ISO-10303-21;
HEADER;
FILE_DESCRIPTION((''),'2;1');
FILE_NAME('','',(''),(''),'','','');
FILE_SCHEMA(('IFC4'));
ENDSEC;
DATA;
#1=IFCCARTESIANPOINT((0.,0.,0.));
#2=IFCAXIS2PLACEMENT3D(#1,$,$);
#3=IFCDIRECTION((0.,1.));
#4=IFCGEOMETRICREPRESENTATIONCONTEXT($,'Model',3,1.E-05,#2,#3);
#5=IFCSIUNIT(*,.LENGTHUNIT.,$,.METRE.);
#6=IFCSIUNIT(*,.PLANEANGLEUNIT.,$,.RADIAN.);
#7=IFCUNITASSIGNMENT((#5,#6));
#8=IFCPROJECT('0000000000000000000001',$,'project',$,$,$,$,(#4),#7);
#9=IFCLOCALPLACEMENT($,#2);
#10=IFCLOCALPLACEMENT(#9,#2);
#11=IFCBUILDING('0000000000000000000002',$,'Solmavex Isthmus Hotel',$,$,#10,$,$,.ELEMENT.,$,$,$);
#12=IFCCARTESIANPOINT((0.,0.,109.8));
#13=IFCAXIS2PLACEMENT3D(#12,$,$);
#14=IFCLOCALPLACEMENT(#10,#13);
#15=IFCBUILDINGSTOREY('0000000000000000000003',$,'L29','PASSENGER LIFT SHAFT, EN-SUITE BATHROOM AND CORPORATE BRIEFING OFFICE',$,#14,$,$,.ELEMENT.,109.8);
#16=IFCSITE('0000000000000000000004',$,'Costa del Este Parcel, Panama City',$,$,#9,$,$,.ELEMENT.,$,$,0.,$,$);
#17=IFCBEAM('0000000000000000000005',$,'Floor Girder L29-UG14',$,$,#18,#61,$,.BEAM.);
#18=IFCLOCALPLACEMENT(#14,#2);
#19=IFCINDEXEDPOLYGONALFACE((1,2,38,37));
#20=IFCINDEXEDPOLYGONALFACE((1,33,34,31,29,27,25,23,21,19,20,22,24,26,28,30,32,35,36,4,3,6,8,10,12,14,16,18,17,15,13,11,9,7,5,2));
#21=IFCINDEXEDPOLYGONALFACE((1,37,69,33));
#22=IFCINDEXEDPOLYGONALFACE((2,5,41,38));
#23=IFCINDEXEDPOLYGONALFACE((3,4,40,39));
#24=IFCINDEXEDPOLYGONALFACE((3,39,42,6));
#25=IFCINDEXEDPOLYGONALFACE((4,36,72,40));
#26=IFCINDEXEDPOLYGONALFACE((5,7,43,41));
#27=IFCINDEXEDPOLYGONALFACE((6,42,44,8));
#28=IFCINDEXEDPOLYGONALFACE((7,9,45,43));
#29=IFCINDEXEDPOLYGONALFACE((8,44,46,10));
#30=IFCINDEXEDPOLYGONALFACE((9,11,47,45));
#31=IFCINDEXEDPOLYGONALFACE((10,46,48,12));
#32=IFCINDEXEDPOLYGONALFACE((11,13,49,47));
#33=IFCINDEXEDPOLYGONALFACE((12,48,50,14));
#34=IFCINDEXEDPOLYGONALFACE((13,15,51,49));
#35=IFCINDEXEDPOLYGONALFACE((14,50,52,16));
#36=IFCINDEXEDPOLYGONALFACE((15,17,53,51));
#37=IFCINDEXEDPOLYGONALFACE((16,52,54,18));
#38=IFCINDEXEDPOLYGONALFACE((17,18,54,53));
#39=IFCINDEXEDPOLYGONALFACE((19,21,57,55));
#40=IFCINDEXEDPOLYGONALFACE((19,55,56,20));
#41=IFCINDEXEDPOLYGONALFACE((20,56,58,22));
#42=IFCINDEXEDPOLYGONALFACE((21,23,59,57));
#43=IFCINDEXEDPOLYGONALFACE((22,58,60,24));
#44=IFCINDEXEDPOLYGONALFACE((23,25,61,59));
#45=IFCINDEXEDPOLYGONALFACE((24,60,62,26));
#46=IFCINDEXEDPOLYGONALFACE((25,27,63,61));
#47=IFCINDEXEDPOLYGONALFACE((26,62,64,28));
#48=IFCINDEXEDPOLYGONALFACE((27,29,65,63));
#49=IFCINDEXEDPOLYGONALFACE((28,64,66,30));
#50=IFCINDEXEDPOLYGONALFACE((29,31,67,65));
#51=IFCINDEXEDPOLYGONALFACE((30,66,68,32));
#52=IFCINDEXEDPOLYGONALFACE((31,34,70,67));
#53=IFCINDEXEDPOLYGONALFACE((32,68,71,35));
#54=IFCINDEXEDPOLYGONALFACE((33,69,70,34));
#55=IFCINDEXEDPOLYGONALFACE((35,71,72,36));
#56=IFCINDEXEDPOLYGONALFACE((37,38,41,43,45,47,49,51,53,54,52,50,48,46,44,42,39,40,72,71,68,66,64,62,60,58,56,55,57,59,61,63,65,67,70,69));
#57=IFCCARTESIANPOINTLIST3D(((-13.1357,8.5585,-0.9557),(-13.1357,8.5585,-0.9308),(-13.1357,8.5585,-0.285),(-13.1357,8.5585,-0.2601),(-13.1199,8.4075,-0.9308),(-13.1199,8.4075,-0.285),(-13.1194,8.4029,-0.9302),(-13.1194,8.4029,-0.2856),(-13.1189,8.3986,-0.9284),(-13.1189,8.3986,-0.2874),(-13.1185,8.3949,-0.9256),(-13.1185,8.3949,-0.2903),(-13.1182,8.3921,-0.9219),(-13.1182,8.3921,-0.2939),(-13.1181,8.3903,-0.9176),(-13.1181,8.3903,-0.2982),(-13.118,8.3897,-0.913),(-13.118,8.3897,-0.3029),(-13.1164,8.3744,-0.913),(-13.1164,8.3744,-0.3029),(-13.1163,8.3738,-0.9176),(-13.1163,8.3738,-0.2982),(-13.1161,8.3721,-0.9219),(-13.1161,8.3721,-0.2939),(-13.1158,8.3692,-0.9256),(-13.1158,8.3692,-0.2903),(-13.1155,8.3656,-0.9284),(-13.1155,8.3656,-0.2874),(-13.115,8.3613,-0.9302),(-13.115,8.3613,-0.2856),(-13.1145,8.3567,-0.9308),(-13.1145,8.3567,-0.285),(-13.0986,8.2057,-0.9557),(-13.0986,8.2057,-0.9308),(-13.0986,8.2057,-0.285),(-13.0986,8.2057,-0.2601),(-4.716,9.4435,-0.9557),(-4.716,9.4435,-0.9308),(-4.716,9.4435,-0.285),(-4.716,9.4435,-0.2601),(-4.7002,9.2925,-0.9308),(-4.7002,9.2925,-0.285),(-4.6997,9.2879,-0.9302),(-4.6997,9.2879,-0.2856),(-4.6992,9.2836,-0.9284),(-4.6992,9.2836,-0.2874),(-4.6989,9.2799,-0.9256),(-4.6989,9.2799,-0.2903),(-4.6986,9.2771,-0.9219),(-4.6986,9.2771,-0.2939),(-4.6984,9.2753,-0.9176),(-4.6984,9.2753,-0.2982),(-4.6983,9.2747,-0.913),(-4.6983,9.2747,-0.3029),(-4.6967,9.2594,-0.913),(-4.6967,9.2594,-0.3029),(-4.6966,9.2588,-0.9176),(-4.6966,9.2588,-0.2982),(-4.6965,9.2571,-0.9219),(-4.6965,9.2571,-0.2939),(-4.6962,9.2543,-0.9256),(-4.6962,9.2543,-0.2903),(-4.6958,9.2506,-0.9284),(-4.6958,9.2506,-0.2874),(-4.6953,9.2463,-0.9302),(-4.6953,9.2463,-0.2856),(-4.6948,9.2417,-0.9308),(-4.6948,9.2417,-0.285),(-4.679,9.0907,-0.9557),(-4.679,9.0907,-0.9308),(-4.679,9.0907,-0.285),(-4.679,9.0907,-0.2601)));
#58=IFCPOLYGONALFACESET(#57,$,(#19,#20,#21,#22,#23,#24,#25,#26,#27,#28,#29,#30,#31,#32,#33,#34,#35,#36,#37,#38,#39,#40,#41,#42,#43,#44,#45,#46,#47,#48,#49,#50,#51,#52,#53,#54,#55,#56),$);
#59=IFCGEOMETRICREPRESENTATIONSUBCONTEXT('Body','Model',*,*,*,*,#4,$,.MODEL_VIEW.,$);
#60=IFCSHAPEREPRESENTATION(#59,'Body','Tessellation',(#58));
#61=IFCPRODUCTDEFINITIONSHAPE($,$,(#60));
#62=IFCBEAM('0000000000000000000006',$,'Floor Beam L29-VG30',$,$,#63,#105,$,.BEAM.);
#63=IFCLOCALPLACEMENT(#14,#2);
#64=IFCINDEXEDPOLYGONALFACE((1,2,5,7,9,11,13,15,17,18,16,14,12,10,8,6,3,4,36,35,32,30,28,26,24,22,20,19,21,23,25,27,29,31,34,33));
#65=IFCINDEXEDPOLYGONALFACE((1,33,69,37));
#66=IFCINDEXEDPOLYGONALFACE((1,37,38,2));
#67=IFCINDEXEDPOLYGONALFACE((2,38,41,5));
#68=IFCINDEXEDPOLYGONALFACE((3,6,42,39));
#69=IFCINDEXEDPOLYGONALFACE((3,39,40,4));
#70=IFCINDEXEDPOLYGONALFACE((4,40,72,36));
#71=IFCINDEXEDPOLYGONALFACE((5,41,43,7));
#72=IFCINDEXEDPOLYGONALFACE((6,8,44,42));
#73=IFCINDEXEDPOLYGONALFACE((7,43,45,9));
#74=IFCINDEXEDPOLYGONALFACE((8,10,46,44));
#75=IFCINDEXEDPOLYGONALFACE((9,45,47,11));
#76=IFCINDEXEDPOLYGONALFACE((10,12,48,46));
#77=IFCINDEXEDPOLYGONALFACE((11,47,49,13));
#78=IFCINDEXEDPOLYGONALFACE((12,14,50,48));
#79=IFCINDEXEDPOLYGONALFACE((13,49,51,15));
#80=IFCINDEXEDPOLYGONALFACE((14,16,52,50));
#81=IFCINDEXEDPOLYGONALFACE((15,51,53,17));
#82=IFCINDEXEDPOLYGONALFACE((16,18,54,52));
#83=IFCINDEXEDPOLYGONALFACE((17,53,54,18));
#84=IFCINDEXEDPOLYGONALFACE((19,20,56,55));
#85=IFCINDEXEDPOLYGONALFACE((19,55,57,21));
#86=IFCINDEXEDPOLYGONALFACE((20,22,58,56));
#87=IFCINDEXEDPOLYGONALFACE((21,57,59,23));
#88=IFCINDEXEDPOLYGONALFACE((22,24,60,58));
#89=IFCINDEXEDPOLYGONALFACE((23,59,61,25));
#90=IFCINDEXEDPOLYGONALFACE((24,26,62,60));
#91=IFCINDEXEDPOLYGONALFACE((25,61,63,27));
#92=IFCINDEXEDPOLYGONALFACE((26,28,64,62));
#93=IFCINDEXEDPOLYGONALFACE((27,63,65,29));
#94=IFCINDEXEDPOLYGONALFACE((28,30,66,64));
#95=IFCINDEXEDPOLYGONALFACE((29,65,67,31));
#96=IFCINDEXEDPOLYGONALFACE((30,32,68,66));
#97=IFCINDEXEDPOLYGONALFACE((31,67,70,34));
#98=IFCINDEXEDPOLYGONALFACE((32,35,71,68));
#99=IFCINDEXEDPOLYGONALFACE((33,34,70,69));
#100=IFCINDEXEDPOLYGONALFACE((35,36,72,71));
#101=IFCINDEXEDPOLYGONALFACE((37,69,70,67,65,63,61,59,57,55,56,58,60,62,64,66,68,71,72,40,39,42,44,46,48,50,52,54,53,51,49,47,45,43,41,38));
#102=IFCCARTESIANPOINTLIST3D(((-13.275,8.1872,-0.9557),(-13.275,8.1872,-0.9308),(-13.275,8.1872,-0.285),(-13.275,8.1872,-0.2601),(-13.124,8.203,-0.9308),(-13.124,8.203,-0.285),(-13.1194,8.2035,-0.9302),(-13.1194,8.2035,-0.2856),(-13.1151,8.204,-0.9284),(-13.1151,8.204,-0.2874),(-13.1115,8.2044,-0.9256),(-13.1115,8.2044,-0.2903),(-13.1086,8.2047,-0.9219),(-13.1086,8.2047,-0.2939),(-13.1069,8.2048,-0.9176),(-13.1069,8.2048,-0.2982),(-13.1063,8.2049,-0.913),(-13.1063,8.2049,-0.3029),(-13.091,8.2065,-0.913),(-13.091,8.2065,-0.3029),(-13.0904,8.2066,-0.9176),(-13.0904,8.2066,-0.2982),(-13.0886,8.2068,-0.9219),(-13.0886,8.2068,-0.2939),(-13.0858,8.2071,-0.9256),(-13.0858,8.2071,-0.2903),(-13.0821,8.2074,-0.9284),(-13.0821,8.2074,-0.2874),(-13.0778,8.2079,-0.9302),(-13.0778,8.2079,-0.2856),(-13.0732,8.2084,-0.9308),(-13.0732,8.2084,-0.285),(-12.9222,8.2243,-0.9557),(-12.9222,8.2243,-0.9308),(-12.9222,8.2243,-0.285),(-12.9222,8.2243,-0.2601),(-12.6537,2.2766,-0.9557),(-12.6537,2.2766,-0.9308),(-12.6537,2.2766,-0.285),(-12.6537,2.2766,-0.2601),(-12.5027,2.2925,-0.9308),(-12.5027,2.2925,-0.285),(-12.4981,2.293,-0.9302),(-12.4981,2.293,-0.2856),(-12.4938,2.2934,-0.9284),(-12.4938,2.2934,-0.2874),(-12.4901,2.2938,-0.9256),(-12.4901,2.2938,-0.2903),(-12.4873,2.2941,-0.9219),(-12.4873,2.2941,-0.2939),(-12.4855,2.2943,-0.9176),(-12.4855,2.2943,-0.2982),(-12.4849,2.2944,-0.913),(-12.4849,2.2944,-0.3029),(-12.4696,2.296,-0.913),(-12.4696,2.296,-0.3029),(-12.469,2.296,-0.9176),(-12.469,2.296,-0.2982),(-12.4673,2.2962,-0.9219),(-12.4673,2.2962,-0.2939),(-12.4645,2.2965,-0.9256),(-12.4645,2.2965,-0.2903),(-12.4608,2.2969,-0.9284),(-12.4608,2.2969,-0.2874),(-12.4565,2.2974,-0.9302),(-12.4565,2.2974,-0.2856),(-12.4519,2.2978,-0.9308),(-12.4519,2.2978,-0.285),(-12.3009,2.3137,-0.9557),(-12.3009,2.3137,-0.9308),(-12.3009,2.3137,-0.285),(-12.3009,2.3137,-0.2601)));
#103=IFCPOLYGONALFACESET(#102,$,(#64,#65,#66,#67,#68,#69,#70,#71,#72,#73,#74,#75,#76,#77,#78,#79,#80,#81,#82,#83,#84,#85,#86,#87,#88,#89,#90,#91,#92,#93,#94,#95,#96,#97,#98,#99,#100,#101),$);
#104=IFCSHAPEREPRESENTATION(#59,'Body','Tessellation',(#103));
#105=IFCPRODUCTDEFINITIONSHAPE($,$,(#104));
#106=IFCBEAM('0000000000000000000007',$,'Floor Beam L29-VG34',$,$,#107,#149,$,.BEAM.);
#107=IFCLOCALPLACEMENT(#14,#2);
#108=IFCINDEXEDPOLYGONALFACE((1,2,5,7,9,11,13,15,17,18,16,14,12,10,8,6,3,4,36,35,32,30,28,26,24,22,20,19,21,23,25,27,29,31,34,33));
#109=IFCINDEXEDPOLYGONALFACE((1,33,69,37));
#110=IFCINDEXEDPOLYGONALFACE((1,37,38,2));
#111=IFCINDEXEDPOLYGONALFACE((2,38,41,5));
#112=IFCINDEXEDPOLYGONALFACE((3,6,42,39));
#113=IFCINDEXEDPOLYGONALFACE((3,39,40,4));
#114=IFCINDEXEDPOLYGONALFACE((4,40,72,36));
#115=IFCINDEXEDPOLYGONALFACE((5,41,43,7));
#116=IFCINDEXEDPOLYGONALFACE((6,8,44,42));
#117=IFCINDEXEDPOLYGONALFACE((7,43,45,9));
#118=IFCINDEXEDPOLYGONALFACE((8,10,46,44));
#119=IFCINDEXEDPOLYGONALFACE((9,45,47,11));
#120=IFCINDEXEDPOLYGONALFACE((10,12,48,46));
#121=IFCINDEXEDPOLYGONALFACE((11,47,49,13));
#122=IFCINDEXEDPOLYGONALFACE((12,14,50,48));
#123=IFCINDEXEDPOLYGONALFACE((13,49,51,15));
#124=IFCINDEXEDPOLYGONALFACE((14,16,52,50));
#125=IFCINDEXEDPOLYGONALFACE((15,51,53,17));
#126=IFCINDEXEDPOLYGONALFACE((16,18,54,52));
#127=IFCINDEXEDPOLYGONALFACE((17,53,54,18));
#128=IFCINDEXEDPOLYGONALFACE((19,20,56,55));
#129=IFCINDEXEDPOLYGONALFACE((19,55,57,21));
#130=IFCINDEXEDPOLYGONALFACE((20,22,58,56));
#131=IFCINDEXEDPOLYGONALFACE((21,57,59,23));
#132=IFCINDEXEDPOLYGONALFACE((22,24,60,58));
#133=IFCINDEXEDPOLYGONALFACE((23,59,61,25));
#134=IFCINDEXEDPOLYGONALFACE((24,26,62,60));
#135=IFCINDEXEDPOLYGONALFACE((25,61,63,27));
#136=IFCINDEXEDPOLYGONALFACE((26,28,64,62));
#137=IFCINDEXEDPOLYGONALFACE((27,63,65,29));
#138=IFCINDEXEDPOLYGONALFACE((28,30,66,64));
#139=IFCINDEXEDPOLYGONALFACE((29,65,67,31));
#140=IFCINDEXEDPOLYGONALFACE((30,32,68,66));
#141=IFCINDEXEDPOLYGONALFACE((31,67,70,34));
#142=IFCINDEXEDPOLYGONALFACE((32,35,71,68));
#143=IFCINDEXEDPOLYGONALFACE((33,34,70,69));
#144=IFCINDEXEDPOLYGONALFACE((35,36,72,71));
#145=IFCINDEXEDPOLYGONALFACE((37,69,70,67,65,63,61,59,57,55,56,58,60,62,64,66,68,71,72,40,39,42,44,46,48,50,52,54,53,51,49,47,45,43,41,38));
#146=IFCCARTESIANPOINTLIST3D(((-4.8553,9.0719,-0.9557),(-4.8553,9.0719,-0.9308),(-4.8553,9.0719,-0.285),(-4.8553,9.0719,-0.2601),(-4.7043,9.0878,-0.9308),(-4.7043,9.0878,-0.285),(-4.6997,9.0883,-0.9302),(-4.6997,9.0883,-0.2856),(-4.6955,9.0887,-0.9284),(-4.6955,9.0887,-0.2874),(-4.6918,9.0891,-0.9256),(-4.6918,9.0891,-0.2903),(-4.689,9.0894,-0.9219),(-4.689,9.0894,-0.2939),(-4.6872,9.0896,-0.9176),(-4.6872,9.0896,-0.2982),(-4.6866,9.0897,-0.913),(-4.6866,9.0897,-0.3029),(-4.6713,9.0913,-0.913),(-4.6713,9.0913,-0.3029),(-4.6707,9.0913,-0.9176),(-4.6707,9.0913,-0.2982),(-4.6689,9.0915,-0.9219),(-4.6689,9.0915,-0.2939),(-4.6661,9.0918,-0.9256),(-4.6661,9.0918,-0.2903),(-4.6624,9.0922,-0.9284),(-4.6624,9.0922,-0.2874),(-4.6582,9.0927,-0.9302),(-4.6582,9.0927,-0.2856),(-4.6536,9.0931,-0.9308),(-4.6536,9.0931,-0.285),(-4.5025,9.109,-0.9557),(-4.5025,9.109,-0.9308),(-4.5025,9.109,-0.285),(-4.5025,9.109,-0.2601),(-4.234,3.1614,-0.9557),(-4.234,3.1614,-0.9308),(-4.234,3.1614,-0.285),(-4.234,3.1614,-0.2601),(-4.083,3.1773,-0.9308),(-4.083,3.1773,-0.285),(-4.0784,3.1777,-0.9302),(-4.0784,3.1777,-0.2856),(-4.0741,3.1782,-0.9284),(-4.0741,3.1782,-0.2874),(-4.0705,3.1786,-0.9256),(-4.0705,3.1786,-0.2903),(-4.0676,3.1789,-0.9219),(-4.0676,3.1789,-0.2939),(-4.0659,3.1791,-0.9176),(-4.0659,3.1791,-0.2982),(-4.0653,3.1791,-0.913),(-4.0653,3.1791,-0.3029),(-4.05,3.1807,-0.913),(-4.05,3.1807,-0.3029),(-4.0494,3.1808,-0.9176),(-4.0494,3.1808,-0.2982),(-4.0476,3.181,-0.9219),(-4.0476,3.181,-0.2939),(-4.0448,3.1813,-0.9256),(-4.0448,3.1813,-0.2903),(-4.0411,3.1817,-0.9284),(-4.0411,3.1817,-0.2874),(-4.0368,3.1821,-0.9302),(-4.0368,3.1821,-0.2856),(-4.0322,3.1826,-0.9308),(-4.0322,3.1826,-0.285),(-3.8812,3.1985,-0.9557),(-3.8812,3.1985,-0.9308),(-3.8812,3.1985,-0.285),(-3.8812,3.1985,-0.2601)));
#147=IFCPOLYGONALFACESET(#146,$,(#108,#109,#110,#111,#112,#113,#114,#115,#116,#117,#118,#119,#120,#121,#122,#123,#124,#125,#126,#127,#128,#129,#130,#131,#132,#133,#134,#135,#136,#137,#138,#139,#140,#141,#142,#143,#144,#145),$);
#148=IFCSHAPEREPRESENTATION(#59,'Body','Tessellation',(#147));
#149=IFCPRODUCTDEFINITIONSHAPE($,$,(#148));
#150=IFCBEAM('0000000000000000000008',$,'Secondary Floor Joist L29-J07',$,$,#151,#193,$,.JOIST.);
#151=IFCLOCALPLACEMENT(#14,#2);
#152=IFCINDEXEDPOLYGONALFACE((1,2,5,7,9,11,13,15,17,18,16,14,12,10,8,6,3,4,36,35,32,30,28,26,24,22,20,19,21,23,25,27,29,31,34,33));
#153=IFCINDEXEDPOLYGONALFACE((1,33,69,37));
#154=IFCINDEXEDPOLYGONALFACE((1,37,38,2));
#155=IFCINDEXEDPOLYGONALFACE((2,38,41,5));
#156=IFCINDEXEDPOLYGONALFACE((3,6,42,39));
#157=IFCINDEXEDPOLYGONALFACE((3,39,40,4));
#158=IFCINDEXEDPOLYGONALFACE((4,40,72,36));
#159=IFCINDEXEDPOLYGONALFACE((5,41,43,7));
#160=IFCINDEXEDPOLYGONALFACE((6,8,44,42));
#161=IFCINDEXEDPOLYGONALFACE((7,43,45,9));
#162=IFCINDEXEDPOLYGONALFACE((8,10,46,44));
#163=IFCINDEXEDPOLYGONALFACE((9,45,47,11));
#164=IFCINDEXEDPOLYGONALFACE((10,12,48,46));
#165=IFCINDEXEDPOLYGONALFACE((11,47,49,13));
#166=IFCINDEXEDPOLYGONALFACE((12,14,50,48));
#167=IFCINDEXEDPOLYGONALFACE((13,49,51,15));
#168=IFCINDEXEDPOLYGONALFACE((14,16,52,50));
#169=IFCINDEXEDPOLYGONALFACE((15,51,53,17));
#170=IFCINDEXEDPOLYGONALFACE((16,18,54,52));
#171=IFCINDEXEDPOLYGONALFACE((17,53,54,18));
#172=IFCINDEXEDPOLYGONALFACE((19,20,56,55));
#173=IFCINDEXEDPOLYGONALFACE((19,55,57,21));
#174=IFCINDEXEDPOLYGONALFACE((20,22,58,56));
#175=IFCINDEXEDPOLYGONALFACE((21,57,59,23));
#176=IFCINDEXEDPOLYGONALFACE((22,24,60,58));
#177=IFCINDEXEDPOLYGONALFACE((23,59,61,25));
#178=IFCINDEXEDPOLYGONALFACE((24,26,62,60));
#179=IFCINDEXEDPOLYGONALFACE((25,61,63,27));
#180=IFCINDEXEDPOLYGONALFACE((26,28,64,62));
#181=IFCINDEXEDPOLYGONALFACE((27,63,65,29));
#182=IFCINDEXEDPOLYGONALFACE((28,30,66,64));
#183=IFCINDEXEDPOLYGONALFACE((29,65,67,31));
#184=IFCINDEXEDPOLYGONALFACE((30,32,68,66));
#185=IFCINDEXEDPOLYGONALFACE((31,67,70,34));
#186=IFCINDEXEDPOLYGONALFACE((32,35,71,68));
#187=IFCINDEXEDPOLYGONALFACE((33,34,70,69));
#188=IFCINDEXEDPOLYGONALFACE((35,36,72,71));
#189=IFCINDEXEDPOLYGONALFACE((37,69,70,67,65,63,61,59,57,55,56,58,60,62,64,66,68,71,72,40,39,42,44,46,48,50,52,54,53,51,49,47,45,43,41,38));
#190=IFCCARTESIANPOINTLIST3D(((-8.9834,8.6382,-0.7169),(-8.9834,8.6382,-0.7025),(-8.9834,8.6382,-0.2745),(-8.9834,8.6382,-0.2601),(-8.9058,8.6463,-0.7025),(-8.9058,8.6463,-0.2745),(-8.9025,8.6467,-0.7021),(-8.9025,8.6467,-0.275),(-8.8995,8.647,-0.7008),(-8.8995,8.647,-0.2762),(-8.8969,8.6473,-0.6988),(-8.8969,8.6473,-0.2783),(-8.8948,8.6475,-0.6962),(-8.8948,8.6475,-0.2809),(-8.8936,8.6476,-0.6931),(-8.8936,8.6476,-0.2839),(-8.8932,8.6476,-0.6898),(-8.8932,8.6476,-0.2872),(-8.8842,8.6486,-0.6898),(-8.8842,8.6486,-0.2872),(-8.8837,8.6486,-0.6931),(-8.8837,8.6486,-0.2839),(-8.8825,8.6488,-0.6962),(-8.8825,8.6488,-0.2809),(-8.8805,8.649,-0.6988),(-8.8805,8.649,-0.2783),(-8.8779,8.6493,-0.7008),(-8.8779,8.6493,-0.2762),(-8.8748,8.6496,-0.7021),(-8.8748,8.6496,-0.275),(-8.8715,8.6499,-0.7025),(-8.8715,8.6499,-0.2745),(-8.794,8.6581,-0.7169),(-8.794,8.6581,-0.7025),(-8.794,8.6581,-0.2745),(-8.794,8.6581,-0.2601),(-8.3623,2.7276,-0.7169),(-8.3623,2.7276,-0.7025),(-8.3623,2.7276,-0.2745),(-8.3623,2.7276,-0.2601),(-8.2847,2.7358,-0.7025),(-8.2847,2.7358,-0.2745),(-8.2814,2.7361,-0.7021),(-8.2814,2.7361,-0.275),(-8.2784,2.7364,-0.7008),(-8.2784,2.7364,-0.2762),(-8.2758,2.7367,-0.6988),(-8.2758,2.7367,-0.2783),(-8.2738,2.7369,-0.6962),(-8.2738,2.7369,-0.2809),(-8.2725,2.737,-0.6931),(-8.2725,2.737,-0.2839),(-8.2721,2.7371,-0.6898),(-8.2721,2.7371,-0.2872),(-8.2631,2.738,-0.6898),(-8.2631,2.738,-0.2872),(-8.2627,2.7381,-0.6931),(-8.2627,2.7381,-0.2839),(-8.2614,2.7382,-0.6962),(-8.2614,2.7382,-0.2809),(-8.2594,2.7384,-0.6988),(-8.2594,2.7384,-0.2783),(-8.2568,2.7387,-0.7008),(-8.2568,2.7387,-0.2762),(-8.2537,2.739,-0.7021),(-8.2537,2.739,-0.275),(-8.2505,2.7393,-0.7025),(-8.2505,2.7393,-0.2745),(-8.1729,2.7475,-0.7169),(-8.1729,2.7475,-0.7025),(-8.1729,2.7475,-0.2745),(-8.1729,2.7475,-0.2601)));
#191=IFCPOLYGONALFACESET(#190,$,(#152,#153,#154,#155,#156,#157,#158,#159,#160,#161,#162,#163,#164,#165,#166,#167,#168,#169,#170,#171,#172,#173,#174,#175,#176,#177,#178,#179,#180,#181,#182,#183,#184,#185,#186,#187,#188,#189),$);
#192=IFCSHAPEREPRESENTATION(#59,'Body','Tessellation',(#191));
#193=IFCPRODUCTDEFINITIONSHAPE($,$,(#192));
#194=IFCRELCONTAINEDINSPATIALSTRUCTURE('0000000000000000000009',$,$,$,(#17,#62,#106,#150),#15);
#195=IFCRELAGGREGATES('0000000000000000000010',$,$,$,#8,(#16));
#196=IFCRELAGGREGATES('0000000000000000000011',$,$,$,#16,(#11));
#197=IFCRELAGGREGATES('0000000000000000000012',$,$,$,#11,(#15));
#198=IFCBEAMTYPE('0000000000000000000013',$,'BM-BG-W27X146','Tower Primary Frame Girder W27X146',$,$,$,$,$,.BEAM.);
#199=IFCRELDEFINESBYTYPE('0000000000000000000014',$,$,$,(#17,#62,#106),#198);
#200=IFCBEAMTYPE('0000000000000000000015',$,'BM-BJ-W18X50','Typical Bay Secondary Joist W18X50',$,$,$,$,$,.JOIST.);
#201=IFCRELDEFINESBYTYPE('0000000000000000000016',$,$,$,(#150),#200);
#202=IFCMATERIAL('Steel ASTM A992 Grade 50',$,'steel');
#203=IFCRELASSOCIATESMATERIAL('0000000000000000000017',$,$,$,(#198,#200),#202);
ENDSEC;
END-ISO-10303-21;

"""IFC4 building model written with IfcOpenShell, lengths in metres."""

from ifc_helpers import new_model, si_unit, direction, frame, origin, origin_2d, place, context, subcontext, project, spatial, i_section, extrude, material, material_profile, profile_set, type_object, element, save


model = new_model("IFC4")

# Units and contexts
model_context = context("Model", 3, precision=1e-05, world=origin(), true_north=direction((0.0, 1.0)))
body_context = subcontext(model_context, "Body", "Model", "MODEL_VIEW")
ifc_project = project(units=[si_unit("LENGTHUNIT", "METRE"), si_unit("PLANEANGLEUNIT", "RADIAN")], contexts=[model_context])

# Site, building, storey
site_placement = place(None, origin())
site = spatial("IfcSite", under=ifc_project, at=site_placement, Name="Costa del Este Parcel, Panama City", CompositionType="ELEMENT", RefElevation=0.0)
building_placement = place(site_placement, origin())
building = spatial("IfcBuilding", under=site, at=building_placement, Name="Solmavex Isthmus Hotel", CompositionType="ELEMENT")
storey_placement = place(building_placement, frame((0.0, 0.0, 109.8)))
storey = spatial("IfcBuildingStorey", under=building, at=storey_placement, Name="L29", Description="PASSENGER LIFT SHAFT, EN-SUITE BATHROOM AND CORPORATE BRIEFING OFFICE", CompositionType="ELEMENT", Elevation=109.8)

# Beams
ifc_material_1 = material(Name="Steel ASTM A992 Grade 50", Category="steel")
ifc_material_profile_1 = material_profile(ifc_material_1, i_section(OverallWidth=0.3547, OverallDepth=0.6956, WebThickness=0.0154, FlangeThickness=0.0249, FilletRadius=0.0178, at=origin_2d()), Name="W27X146")
ifc_profile_set_1 = profile_set([ifc_material_profile_1], Name="Steel ASTM A992 Grade 50")
beam_type_1 = type_object("IfcBeamType", Name="BM-BG-W27X146", Description="Tower Primary Frame Girder W27X146", PredefinedType="BEAM", material=ifc_profile_set_1)
beam_1_placement = place(storey_placement, frame((-13.1172, 8.3821, -0.6079), z_axis=(0.994521, 0.104536, 0.0), x_axis=(-0.104536, 0.994521, 0.0)))
element("IfcBeam", 1, at=beam_1_placement, inside=storey, type_object=beam_type_1, Name="Floor Girder L29-UG14", PredefinedType="BEAM", context=body_context, shape_type="SweptSolid", body=[
    extrude(i_section(OverallWidth=0.3547, OverallDepth=0.6956, WebThickness=0.0154, FlangeThickness=0.0249, FilletRadius=0.0178, at=origin_2d()), origin(), (0.0, 0.0, 1.0), 8.4661),
])
for number, where, z_axis, x_axis, name in (
    (2, (-12.4773, 2.2952, -0.6079), (-0.104546, 0.99452, 0.0), (-0.99452, -0.104546, 0.0), "Floor Beam L29-VG30"),
    (3, (-4.0576, 3.1799, -0.6079), (-0.104546, 0.99452, 0.0), (-0.99452, -0.104546, 0.0), "Floor Beam L29-VG34"),
):
    element("IfcBeam", number, at=place(storey_placement, frame(where, z_axis=z_axis, x_axis=x_axis)), inside=storey, type_object=beam_type_1, Name=name, PredefinedType="BEAM", context=body_context, shape_type="SweptSolid", body=[
        extrude(i_section(OverallWidth=0.3547, OverallDepth=0.6956, WebThickness=0.0154, FlangeThickness=0.0249, FilletRadius=0.0178, at=origin_2d()), origin(), (0.0, 0.0, 1.0), 5.9431),
    ])
ifc_material_profile_2 = material_profile(ifc_material_1, i_section(OverallWidth=0.1904, OverallDepth=0.4568, WebThickness=0.009, FlangeThickness=0.0144, FilletRadius=0.0127, at=origin_2d()), Name="W18X50")
ifc_profile_set_2 = profile_set([ifc_material_profile_2], Name="Steel ASTM A992 Grade 50")
beam_type_2 = type_object("IfcBeamType", Name="BM-BJ-W18X50", Description="Typical Bay Secondary Joist W18X50", PredefinedType="JOIST", material=ifc_profile_set_2)
beam_2_placement = place(storey_placement, frame((-8.2676, 2.7375, -0.4885), z_axis=(-0.104505, 0.994524, 0.0), x_axis=(-0.994524, -0.104505, 0.0)))
element("IfcBeam", 4, at=beam_2_placement, inside=storey, type_object=beam_type_2, Name="Secondary Floor Joist L29-J07", PredefinedType="JOIST", context=body_context, shape_type="SweptSolid", body=[
    extrude(i_section(OverallWidth=0.1904, OverallDepth=0.4568, WebThickness=0.009, FlangeThickness=0.0144, FilletRadius=0.0127, at=origin_2d()), origin(), (0.0, 0.0, 1.0), 5.9431),
])

save(model, "model.ifc")
